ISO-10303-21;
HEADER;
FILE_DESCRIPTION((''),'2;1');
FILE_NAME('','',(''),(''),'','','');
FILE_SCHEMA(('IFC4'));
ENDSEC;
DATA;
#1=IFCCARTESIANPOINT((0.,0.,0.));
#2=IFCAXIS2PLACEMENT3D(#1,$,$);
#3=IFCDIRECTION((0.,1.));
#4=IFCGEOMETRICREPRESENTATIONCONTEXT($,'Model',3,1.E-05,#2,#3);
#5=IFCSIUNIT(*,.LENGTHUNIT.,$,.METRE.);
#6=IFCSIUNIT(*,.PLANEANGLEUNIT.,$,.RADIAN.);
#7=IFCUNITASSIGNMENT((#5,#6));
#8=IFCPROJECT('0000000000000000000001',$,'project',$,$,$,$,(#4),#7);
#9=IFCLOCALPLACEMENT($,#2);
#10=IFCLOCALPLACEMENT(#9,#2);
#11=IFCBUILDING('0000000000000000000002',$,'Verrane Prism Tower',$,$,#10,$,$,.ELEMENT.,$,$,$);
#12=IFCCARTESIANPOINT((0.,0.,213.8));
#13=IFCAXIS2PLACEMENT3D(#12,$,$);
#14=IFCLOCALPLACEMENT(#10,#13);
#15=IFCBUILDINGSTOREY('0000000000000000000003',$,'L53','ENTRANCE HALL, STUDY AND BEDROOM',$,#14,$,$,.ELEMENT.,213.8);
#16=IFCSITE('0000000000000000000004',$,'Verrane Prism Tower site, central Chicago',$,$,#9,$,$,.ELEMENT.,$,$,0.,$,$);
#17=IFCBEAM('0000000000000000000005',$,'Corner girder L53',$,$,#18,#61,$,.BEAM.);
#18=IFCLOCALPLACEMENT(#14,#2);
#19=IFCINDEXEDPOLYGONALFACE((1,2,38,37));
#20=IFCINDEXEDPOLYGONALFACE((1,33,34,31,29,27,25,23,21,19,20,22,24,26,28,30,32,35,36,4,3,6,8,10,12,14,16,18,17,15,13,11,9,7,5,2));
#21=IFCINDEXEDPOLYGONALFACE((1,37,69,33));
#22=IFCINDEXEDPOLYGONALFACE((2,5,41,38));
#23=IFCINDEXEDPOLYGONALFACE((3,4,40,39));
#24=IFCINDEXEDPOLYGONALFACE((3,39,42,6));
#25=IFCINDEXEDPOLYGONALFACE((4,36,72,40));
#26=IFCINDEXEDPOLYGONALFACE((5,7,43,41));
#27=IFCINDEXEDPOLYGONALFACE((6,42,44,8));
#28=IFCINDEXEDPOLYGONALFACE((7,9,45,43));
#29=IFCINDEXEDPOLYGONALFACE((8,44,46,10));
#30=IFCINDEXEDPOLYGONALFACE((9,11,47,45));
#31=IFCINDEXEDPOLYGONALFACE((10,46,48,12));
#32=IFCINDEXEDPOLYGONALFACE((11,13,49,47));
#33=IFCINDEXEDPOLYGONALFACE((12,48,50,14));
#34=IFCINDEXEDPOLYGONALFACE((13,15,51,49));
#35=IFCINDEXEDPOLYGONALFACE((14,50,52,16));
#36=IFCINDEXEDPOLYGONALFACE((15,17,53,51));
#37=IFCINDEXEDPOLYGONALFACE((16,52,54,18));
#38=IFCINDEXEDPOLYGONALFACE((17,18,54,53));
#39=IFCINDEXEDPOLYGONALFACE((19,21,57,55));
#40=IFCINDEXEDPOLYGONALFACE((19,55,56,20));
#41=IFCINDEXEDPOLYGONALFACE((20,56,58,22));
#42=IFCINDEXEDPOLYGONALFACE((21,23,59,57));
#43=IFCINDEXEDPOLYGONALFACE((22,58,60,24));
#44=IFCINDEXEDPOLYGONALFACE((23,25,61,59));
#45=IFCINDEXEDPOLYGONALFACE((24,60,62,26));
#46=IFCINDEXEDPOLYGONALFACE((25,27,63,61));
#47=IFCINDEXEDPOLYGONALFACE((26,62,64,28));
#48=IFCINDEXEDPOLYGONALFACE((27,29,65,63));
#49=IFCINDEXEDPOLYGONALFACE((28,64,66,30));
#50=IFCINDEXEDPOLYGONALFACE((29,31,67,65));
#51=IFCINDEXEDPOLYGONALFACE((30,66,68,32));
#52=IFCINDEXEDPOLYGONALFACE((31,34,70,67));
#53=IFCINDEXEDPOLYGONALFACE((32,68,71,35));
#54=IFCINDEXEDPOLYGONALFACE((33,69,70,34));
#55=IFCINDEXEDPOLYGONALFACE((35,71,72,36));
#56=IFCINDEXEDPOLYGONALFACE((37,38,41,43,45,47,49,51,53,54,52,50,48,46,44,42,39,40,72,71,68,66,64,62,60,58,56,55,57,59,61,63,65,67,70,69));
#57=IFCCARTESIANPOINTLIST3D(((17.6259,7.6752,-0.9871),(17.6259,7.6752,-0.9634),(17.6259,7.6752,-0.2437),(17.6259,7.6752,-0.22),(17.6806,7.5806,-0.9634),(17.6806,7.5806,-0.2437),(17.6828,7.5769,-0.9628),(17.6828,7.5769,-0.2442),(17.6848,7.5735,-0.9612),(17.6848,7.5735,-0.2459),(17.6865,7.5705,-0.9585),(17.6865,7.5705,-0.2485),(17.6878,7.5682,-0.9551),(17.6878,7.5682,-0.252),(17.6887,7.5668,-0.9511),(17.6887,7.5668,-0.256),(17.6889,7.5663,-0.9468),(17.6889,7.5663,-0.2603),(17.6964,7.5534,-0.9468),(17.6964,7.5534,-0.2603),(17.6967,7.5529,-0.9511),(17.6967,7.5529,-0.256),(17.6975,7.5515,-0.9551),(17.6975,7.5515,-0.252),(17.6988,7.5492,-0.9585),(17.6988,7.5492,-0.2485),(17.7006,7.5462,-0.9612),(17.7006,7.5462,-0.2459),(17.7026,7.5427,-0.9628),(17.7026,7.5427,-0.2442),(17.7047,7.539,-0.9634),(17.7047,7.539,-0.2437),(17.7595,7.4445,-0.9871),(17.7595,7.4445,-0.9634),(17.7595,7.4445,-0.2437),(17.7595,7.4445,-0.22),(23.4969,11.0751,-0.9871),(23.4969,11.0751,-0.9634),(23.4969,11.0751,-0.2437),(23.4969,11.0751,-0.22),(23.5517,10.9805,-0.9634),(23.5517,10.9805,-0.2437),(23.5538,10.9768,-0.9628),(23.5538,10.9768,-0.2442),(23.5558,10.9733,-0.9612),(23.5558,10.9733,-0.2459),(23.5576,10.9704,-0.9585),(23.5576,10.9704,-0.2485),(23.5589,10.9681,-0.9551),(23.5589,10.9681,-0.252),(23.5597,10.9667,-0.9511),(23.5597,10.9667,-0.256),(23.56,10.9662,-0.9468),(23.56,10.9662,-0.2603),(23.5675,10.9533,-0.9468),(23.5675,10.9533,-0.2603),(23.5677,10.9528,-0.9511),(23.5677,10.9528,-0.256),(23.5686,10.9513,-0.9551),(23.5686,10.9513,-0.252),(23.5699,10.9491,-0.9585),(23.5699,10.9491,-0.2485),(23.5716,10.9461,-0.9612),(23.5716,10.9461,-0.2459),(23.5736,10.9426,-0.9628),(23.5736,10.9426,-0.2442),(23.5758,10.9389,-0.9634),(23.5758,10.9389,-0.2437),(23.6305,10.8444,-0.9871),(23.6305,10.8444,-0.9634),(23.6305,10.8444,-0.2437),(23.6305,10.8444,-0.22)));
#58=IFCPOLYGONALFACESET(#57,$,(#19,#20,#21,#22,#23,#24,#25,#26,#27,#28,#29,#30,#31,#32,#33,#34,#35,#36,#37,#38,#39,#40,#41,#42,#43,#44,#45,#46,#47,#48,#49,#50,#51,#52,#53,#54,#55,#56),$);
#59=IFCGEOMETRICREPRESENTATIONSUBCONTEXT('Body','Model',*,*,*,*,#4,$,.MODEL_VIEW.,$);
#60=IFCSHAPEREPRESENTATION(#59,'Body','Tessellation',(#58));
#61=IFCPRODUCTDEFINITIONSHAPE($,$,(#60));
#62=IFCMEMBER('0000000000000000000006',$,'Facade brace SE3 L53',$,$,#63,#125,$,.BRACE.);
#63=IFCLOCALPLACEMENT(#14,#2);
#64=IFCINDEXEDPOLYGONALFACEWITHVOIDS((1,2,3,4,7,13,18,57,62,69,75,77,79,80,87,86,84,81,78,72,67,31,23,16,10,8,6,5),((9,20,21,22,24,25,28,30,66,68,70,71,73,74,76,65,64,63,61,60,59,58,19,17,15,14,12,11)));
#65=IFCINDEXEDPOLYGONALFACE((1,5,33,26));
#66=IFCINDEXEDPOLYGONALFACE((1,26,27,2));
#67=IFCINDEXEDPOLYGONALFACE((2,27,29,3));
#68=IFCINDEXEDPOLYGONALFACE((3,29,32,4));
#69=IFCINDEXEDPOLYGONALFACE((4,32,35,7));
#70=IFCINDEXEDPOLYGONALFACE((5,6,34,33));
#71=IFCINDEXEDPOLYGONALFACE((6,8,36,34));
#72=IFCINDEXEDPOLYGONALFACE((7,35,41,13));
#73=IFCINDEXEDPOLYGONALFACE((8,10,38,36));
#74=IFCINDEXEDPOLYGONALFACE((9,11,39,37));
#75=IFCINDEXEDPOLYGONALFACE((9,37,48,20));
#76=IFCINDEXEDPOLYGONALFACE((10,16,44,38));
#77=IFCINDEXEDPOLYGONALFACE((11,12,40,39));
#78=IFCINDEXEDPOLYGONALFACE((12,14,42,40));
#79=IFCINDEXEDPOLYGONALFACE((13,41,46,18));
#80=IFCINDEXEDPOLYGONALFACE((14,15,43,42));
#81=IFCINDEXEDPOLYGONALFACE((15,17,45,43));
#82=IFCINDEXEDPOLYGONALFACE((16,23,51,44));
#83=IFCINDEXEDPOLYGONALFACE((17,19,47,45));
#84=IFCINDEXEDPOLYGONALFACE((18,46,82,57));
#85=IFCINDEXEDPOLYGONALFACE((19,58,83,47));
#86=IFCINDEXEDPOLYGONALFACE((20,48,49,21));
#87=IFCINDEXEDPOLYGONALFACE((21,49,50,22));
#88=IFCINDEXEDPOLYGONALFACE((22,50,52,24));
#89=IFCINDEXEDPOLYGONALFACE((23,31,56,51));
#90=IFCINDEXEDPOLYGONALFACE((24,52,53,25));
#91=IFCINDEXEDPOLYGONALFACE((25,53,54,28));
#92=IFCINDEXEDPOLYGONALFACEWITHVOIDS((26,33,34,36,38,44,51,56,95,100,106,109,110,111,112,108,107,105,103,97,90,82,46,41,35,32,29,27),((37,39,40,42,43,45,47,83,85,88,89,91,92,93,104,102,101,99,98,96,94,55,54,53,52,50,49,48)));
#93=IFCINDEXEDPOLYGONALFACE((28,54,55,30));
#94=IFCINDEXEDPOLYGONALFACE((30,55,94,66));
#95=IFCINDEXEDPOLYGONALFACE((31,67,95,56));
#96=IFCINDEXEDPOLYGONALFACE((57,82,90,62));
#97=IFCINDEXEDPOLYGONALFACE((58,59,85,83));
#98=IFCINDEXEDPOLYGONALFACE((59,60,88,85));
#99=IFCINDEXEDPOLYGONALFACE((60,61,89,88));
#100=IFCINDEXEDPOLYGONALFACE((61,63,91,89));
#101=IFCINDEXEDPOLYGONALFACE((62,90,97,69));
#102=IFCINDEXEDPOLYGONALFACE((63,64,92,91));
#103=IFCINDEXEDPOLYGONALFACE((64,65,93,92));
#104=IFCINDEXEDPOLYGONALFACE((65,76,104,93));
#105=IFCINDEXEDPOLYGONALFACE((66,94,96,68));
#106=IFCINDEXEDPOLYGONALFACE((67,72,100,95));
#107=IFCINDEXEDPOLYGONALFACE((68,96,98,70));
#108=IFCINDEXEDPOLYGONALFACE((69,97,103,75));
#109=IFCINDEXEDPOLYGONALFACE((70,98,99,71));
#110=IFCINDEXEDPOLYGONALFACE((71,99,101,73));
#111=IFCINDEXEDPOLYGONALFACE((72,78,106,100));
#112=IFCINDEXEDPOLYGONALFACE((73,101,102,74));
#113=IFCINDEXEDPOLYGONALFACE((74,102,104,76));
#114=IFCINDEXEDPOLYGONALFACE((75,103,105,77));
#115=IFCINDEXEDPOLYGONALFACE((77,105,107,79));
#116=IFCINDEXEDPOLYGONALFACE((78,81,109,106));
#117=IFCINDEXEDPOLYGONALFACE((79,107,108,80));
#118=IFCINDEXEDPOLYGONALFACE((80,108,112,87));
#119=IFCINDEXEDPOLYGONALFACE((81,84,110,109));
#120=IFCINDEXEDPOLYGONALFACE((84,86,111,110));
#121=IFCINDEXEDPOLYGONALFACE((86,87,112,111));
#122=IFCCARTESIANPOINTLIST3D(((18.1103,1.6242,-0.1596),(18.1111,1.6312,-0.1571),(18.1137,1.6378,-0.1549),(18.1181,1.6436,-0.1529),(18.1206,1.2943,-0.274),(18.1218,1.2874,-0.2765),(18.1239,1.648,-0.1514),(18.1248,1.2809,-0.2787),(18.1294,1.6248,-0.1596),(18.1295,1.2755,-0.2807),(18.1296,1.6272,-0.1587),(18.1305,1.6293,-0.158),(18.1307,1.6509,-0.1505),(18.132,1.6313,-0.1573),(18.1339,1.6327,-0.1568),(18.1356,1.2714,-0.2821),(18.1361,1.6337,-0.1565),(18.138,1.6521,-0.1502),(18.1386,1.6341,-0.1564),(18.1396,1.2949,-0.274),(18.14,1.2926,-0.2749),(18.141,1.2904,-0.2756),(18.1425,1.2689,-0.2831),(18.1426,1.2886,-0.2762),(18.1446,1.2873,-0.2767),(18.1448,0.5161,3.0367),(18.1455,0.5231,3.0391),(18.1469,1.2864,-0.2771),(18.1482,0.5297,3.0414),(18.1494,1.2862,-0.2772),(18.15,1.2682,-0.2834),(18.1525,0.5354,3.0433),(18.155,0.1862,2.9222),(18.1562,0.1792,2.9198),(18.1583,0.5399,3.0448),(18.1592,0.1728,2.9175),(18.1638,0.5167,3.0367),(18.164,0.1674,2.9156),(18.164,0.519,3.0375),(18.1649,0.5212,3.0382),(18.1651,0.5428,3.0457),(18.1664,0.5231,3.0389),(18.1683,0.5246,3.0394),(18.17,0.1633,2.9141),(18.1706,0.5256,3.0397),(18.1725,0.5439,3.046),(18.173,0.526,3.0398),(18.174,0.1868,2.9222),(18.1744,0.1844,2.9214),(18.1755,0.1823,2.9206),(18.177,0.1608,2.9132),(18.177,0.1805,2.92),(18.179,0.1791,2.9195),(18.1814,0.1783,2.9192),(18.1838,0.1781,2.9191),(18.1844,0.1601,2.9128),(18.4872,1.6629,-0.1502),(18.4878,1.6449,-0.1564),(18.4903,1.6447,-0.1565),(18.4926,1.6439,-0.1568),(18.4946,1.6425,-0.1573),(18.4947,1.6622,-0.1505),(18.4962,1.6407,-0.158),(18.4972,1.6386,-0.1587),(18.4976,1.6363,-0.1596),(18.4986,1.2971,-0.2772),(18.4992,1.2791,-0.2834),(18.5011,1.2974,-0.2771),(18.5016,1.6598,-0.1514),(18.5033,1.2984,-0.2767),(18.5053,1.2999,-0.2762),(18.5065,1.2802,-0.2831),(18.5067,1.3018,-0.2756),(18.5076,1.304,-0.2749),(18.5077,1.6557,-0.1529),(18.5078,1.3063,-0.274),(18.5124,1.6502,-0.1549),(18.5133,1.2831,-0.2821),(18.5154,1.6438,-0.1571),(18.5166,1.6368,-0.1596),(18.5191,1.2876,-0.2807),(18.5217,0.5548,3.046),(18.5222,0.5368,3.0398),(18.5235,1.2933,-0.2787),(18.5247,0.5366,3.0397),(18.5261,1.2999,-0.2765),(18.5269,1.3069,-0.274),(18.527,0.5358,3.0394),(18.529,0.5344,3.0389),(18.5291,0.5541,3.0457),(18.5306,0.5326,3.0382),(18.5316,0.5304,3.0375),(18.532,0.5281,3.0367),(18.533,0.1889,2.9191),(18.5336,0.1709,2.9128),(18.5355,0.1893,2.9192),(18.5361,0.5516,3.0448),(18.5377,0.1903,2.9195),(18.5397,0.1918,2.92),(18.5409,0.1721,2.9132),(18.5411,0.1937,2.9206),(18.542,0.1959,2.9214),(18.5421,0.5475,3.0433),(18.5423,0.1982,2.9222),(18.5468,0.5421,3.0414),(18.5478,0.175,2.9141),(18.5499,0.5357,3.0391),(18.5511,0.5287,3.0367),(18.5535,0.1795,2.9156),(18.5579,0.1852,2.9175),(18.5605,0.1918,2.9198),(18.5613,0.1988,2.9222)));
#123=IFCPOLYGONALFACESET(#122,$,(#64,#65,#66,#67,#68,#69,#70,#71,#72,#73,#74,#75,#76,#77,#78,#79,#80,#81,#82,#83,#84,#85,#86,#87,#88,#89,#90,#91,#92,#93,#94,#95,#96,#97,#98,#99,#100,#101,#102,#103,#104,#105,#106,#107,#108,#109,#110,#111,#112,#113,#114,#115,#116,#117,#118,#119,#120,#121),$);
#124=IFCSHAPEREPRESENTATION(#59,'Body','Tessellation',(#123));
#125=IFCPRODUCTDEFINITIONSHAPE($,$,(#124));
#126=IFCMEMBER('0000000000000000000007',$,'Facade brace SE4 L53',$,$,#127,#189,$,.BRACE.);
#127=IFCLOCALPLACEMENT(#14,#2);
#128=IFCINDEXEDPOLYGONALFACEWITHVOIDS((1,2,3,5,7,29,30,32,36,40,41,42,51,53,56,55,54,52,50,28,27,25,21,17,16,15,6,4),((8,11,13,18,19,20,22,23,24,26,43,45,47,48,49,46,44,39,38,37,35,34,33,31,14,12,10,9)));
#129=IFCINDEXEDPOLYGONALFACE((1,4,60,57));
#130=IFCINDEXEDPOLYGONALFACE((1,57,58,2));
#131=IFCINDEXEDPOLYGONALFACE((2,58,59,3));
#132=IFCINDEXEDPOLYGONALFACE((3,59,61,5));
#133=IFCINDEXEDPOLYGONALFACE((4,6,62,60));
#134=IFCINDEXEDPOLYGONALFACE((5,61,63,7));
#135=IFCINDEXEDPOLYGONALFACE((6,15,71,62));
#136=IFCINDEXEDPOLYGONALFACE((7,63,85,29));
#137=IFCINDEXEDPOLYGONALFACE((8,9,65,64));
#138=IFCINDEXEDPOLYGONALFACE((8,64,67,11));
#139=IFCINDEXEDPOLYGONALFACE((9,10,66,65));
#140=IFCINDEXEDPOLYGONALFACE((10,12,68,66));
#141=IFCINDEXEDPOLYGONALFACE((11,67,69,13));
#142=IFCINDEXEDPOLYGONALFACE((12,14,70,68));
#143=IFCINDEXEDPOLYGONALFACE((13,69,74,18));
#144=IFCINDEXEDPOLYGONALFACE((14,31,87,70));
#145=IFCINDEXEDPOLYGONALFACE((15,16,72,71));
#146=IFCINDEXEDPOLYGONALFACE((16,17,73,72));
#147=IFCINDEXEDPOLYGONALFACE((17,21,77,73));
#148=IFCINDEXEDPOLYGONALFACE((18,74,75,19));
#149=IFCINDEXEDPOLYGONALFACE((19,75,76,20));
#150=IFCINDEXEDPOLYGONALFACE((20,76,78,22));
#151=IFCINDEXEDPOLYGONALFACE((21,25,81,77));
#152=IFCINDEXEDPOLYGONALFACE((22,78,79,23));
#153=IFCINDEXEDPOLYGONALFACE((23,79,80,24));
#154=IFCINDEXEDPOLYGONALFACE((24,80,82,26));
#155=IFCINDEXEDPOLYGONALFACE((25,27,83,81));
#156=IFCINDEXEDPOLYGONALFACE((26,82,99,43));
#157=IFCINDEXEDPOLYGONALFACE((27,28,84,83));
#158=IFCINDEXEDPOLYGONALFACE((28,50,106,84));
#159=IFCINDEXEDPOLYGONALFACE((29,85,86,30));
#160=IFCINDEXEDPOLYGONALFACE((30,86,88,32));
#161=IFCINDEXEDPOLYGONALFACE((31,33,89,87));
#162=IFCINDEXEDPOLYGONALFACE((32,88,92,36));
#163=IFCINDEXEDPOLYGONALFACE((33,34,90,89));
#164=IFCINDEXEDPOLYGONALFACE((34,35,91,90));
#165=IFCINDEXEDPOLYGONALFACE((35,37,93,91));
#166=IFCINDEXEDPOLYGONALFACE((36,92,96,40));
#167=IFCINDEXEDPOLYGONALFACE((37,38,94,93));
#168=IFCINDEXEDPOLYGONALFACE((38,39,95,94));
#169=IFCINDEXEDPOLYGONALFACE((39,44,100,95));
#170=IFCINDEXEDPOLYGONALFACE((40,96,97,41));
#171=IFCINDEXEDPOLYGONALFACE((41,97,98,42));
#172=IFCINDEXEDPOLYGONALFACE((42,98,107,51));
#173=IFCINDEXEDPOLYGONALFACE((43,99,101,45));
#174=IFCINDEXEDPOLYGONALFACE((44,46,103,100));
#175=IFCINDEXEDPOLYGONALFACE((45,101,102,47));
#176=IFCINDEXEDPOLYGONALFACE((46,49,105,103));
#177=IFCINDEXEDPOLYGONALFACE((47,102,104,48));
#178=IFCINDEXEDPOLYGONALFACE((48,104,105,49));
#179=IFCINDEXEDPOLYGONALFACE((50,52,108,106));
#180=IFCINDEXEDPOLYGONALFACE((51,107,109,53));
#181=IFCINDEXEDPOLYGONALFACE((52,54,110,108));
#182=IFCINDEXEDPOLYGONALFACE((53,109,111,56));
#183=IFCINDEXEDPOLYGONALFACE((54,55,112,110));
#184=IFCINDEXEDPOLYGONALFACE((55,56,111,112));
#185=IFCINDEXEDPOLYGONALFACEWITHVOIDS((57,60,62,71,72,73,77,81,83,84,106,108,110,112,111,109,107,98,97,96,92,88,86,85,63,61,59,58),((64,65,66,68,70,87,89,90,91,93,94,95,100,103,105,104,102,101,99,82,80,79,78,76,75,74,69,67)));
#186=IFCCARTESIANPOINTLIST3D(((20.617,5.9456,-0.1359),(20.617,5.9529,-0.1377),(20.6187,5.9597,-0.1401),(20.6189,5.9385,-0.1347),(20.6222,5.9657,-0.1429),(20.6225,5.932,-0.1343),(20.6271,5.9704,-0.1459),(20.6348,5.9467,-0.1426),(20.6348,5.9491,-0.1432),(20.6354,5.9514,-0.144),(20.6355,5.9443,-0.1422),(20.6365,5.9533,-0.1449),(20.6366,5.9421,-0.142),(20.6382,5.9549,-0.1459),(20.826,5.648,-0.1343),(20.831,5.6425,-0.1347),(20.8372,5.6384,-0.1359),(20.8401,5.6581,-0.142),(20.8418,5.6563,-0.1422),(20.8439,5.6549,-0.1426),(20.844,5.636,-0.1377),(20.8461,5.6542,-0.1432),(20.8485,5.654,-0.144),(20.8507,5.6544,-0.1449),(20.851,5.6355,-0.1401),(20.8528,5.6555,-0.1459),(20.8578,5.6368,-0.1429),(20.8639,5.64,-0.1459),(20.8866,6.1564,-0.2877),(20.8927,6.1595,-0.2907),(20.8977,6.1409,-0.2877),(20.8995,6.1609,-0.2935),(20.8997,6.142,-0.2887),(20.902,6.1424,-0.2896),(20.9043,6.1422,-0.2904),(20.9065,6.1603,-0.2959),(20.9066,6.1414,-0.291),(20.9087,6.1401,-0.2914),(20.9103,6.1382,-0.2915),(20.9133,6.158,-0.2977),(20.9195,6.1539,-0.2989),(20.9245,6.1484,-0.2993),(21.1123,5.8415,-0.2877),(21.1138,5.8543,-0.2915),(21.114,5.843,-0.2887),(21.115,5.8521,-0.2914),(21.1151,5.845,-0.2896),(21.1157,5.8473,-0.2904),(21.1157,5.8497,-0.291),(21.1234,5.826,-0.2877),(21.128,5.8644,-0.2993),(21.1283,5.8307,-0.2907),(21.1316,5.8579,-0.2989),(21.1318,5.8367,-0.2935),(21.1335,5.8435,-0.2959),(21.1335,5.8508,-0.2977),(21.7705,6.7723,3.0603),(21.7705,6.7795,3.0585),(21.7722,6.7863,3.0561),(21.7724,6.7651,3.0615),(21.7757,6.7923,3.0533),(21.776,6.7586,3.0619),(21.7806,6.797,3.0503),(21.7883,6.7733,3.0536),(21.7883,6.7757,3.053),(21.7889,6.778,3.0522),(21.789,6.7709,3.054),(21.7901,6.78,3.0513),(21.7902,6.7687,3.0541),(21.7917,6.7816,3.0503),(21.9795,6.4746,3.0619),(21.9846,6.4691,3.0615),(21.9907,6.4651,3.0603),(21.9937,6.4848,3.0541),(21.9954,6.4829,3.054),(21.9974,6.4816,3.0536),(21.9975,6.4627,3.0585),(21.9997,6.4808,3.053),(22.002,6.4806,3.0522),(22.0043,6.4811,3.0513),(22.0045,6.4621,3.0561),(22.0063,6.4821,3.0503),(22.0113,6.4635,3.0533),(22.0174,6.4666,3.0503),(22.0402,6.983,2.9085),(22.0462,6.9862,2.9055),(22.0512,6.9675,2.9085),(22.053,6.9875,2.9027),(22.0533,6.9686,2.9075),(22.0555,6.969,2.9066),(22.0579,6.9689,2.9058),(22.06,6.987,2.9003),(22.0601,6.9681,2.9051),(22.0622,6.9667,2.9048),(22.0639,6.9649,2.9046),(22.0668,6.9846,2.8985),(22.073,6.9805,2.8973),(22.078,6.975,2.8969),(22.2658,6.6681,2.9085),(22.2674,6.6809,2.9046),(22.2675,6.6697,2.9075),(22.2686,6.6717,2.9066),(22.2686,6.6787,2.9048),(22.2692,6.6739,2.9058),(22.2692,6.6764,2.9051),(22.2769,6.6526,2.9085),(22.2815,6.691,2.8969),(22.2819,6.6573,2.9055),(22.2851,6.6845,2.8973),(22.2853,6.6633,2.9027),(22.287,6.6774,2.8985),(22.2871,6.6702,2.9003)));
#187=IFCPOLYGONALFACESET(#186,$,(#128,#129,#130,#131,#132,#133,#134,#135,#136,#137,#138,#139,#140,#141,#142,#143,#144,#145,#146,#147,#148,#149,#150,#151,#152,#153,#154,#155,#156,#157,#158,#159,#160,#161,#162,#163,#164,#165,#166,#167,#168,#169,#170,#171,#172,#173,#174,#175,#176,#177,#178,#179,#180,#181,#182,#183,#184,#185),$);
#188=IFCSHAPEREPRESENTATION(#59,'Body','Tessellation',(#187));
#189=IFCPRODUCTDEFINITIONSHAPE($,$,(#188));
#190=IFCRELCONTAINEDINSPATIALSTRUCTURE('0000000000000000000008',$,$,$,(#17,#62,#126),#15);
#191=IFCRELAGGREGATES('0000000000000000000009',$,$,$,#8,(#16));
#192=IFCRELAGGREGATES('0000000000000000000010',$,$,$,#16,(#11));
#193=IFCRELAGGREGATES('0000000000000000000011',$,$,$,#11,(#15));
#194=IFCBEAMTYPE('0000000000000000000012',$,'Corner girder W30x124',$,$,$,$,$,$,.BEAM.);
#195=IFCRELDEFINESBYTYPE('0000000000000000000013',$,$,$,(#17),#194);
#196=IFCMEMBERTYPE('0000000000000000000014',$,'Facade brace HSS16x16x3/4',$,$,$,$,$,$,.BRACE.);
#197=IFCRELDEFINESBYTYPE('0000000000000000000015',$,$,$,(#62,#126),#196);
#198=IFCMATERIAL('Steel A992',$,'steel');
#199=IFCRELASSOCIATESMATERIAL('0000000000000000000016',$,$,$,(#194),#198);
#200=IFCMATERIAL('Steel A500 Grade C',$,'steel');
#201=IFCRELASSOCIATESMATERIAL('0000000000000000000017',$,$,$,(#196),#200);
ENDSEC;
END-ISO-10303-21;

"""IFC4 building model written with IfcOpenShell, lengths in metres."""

from ifc_helpers import new_model, si_unit, direction, frame, origin, origin_2d, place, context, subcontext, project, spatial, hollow_rectangle, i_section, extrude, material, material_profile, profile_set, type_object, element, save


model = new_model("IFC4")

# Units and contexts
model_context = context("Model", 3, precision=1e-05, world=origin(), true_north=direction((0.0, 1.0)))
body_context = subcontext(model_context, "Body", "Model", "MODEL_VIEW")
ifc_project = project(units=[si_unit("LENGTHUNIT", "METRE"), si_unit("PLANEANGLEUNIT", "RADIAN")], contexts=[model_context])

# Site, building, storey
site_placement = place(None, origin())
site = spatial("IfcSite", under=ifc_project, at=site_placement, Name="Verrane Prism Tower site, central Chicago", CompositionType="ELEMENT", RefElevation=0.0)
building_placement = place(site_placement, origin())
building = spatial("IfcBuilding", under=site, at=building_placement, Name="Verrane Prism Tower", CompositionType="ELEMENT")
storey_placement = place(building_placement, frame((0.0, 0.0, 213.8)))
storey = spatial("IfcBuildingStorey", under=building, at=storey_placement, Name="L53", Description="ENTRANCE HALL, STUDY AND BEDROOM", CompositionType="ELEMENT", Elevation=213.8)

# Beam
ifc_material_1 = material(Name="Steel A992", Category="steel")
ifc_material_profile_1 = material_profile(ifc_material_1, i_section(OverallWidth=0.2666, OverallDepth=0.7671, WebThickness=0.0149, FlangeThickness=0.0237, FilletRadius=0.0166, at=origin_2d()), Name="W30x124")
ifc_profile_set_1 = profile_set([ifc_material_profile_1], Name="Steel A992")
beam_type_1 = type_object("IfcBeamType", Name="Corner girder W30x124", PredefinedType="BEAM", material=ifc_profile_set_1)
beam_1_placement = place(storey_placement, frame((23.5637, 10.9597, -0.6035), z_axis=(-0.865372, -0.50113, 0.0), x_axis=(0.50113, -0.865372, 0.0)))
element("IfcBeam", 1, at=beam_1_placement, inside=storey, type_object=beam_type_1, Name="Corner girder L53", PredefinedType="BEAM", context=body_context, shape_type="SweptSolid", body=[
    extrude(i_section(OverallWidth=0.2666, OverallDepth=0.7671, WebThickness=0.0149, FlangeThickness=0.0237, FilletRadius=0.0166, at=origin_2d()), origin(), (0.0, 0.0, 1.0), 6.7844),
])

# Members
ifc_material_2 = material(Name="Steel A500 Grade C", Category="steel")
ifc_material_profile_2 = material_profile(ifc_material_2, hollow_rectangle(XDim=0.4065, YDim=0.4065, WallThickness=0.019, InnerFilletRadius=0.0095, OuterFilletRadius=0.0286, at=origin_2d()), Name="HSS16x16x3/4")
ifc_profile_set_2 = profile_set([ifc_material_profile_2], Name="Steel A500 Grade C")
member_type_1 = type_object("IfcMemberType", Name="Facade brace HSS16x16x3/4", PredefinedType="BRACE", material=ifc_profile_set_2)
member_1_placement = place(storey_placement, frame((18.3186, 1.4656, -0.2168), z_axis=(0.010175, -0.327555, 0.944777), x_axis=(0.999518, 0.031049, 0.0)))
element("IfcMember", 2, at=member_1_placement, inside=storey, type_object=member_type_1, Name="Facade brace SE3 L53", PredefinedType="BRACE", context=body_context, shape_type="SweptSolid", body=[
    extrude(hollow_rectangle(XDim=0.4065, YDim=0.4065, WallThickness=0.019, InnerFilletRadius=0.0095, OuterFilletRadius=0.0286, at=origin_2d()), origin(), (0.0, 0.0, 1.0), 3.3831),
])
member_2_placement = place(storey_placement, frame((20.8752, 5.8982, -0.2168), z_axis=(0.329855, 0.236378, 0.913959), x_axis=(-0.582491, 0.812837, 0.0)))
element("IfcMember", 3, at=member_2_placement, inside=storey, type_object=member_type_1, Name="Facade brace SE4 L53", PredefinedType="BRACE", context=body_context, shape_type="SweptSolid", body=[
    extrude(hollow_rectangle(XDim=0.4065, YDim=0.4065, WallThickness=0.019, InnerFilletRadius=0.0095, OuterFilletRadius=0.0286, at=origin_2d()), origin(), (0.0, 0.0, 1.0), 3.4971),
])

save(model, "model.ifc")
